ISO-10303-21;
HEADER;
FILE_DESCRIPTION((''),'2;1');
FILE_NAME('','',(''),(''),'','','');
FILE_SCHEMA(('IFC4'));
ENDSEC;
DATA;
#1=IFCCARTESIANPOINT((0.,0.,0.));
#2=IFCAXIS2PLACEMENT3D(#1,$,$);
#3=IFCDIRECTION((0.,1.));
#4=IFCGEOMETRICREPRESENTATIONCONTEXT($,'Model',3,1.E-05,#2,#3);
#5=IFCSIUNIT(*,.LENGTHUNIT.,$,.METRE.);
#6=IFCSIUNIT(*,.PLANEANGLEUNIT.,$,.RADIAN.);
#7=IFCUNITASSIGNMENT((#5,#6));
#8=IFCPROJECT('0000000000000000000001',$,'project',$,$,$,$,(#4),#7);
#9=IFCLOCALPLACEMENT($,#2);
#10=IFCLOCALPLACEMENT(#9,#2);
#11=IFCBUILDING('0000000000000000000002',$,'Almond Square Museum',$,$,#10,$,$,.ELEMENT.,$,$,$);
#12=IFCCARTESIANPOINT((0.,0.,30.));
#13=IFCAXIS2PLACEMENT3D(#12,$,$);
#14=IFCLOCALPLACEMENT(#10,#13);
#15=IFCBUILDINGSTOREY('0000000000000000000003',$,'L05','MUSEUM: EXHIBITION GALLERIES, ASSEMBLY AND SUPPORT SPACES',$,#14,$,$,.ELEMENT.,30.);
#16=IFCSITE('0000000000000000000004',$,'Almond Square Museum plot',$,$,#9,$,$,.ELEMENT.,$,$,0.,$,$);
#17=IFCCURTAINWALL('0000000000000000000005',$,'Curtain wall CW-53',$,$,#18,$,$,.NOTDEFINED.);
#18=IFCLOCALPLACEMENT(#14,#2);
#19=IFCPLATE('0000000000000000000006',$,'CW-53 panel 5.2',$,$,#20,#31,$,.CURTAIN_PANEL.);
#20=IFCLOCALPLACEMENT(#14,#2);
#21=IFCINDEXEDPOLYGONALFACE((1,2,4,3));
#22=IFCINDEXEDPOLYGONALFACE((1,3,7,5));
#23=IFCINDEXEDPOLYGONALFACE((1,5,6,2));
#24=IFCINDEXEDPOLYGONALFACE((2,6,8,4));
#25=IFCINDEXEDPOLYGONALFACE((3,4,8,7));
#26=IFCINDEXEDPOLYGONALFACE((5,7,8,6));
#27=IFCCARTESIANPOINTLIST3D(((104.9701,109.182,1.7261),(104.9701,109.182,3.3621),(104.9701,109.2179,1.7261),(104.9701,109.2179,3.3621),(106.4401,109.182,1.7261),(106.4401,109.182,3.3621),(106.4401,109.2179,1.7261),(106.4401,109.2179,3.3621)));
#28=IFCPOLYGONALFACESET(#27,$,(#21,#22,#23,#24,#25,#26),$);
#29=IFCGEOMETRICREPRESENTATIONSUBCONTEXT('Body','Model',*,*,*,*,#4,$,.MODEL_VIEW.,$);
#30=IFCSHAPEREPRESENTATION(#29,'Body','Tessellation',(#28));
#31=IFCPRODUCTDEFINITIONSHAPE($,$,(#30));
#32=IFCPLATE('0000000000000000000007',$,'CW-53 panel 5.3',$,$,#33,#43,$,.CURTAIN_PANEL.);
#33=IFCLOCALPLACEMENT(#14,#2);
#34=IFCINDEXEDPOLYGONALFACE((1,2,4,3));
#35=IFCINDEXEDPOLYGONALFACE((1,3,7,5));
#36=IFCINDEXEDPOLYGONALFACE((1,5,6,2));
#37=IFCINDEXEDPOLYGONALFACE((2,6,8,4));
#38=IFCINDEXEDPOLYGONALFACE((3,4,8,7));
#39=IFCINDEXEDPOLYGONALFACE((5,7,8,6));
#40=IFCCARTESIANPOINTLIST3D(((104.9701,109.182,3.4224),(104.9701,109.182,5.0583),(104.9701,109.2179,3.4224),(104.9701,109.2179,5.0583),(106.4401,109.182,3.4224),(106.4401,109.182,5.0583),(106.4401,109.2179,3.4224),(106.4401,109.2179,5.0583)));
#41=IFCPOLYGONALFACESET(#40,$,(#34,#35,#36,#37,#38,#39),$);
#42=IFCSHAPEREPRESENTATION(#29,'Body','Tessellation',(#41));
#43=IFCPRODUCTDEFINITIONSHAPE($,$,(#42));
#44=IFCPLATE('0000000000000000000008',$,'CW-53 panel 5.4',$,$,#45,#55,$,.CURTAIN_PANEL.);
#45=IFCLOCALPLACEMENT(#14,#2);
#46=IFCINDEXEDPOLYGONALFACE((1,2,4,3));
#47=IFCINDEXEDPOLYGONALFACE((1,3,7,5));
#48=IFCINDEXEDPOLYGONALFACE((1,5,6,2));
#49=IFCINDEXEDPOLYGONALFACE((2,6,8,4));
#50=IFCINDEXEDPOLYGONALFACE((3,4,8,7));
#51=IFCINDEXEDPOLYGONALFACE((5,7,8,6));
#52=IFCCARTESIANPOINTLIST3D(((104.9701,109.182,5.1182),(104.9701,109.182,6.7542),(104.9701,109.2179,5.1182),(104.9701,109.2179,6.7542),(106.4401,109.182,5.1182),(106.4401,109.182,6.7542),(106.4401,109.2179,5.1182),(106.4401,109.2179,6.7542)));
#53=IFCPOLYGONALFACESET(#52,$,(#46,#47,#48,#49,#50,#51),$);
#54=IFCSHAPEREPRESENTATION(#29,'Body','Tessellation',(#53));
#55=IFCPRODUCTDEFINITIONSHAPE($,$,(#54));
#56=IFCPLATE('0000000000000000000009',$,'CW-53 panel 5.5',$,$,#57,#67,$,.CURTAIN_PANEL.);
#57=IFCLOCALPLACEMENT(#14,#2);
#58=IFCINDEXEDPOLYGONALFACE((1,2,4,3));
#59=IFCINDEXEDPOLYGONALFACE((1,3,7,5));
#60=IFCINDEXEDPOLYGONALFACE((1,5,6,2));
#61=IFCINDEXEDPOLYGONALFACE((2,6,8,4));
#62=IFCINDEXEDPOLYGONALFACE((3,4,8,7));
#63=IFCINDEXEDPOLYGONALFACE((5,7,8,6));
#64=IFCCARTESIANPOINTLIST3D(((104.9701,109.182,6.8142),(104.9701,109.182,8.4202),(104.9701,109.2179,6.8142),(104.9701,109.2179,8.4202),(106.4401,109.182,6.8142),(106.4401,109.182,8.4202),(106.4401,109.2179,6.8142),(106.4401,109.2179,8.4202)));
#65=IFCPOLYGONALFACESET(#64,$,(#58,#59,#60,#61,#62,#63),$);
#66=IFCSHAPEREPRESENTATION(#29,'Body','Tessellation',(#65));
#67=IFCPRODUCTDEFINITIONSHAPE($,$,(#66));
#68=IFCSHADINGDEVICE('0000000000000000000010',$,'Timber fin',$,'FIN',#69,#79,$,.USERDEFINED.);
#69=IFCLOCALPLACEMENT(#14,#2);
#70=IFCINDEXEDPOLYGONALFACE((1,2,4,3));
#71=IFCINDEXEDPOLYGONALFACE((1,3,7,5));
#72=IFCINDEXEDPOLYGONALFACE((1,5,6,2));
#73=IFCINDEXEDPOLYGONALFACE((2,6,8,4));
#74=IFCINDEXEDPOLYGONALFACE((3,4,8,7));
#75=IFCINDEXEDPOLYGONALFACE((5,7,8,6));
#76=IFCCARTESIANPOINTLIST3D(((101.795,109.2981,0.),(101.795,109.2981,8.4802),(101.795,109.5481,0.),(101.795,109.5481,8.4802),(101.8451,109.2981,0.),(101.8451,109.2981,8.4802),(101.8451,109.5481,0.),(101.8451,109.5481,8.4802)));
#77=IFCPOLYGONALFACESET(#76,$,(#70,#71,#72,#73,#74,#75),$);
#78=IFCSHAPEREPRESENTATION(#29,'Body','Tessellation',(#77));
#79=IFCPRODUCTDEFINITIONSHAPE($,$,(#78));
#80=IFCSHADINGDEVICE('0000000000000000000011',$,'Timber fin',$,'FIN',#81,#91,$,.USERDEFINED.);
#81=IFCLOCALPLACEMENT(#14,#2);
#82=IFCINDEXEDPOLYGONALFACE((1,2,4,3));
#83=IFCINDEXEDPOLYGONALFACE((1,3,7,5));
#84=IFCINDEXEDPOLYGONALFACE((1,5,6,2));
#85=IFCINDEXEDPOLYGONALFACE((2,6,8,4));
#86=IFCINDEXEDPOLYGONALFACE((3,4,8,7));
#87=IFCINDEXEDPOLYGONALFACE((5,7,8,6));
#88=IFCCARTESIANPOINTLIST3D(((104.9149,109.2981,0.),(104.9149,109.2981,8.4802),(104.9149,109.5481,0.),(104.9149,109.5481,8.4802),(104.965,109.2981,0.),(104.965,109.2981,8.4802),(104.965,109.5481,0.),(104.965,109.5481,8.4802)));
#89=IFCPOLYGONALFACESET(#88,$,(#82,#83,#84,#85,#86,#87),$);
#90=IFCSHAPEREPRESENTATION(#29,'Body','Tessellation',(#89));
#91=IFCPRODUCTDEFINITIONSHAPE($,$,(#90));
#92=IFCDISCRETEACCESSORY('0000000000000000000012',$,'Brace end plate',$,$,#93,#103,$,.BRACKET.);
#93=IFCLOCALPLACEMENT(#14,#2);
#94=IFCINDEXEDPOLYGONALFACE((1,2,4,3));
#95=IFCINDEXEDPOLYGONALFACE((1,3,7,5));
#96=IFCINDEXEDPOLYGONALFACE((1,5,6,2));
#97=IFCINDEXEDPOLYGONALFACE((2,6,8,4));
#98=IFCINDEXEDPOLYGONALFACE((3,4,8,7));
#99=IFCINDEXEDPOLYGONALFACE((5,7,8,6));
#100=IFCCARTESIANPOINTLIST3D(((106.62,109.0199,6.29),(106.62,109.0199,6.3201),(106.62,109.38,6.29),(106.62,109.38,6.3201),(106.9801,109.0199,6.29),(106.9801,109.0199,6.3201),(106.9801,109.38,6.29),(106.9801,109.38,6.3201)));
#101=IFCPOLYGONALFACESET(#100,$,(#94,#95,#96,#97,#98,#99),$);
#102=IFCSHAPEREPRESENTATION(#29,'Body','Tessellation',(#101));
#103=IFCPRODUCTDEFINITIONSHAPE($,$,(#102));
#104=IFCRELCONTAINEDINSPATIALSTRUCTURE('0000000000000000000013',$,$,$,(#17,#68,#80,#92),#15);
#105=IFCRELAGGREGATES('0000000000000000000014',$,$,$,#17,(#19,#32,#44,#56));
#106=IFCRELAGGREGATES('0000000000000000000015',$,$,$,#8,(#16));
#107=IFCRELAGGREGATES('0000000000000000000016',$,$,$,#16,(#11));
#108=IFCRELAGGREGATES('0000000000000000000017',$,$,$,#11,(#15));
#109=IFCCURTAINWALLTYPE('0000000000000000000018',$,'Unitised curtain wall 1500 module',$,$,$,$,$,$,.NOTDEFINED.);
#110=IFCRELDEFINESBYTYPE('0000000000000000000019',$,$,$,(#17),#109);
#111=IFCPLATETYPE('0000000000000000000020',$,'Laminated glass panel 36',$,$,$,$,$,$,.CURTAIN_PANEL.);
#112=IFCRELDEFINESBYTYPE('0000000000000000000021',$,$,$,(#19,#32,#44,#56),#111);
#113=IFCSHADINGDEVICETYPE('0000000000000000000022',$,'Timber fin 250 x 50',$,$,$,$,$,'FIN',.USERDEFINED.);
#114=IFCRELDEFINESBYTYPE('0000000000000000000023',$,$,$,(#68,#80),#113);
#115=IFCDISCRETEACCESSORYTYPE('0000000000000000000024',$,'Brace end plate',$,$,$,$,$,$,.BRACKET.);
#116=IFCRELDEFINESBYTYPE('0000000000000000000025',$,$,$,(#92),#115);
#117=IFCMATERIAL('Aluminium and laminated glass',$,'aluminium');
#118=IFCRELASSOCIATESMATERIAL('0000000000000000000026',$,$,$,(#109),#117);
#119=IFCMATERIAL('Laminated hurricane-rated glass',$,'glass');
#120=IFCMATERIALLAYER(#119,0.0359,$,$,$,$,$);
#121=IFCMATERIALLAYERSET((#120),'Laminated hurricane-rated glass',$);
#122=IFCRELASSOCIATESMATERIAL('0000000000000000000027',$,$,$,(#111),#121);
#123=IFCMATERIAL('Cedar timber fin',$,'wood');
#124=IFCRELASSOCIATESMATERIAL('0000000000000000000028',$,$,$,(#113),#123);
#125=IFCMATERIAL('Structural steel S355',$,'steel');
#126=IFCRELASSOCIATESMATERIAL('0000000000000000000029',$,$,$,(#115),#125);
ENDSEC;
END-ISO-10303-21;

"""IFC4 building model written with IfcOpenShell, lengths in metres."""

from ifc_helpers import new_model, si_unit, direction, frame, origin, origin_2d, place, context, subcontext, project, spatial, rectangle, extrude, material, layer, layer_set, material_profile, profile_set, type_object, element, aggregate, save


model = new_model("IFC4")

# Units and contexts
model_context = context("Model", 3, precision=1e-05, world=origin(), true_north=direction((0.0, 1.0)))
body_context = subcontext(model_context, "Body", "Model", "MODEL_VIEW")
ifc_project = project(units=[si_unit("LENGTHUNIT", "METRE"), si_unit("PLANEANGLEUNIT", "RADIAN")], contexts=[model_context])

# Site, building, storey
site_placement = place(None, origin())
site = spatial("IfcSite", under=ifc_project, at=site_placement, Name="Almond Square Museum plot", CompositionType="ELEMENT", RefElevation=0.0)
building_placement = place(site_placement, origin())
building = spatial("IfcBuilding", under=site, at=building_placement, Name="Almond Square Museum", CompositionType="ELEMENT")
storey_placement = place(building_placement, frame((0.0, 0.0, 30.0)))
storey = spatial("IfcBuildingStorey", under=building, at=storey_placement, Name="L05", Description="MUSEUM: EXHIBITION GALLERIES, ASSEMBLY AND SUPPORT SPACES", CompositionType="ELEMENT", Elevation=30.0)

# Curtain wall
ifc_material_1 = material(Name="Aluminium and laminated glass", Category="aluminium")
curtain_wall_type = type_object("IfcCurtainWallType", Name="Unitised curtain wall 1500 module", PredefinedType="NOTDEFINED", material=ifc_material_1)
curtain_wall_placement = place(storey_placement, origin())
curtain_wall = element("IfcCurtainWall", 1, at=curtain_wall_placement, inside=storey, type_object=curtain_wall_type, Name="Curtain wall CW-53", PredefinedType="NOTDEFINED")

# Plates
ifc_material_2 = material(Name="Laminated hurricane-rated glass", Category="glass")
ifc_layer = layer(ifc_material_2, 0.0359)
ifc_layer_set = layer_set([ifc_layer], Name="Laminated hurricane-rated glass")
plate_type = type_object("IfcPlateType", Name="Laminated glass panel 36", PredefinedType="CURTAIN_PANEL", material=ifc_layer_set)
plate_1_placement = place(storey_placement, frame((105.7051, 109.2, 1.7261), z_axis=(0.0, 0.0, 1.0), x_axis=(1.0, 0.0, 0.0)))
plate_1 = element("IfcPlate", 2, at=plate_1_placement, type_object=plate_type, Name="CW-53 panel 5.2", PredefinedType="CURTAIN_PANEL", context=body_context, shape_type="SweptSolid", body=[
    extrude(rectangle(XDim=1.47, YDim=0.0359, at=origin_2d()), origin(), (0.0, 0.0, 1.0), 1.636),
])
plate_2_placement = place(storey_placement, frame((105.7051, 109.2, 3.4224), z_axis=(0.0, 0.0, 1.0), x_axis=(1.0, 0.0, 0.0)))
plate_2 = element("IfcPlate", 3, at=plate_2_placement, type_object=plate_type, Name="CW-53 panel 5.3", PredefinedType="CURTAIN_PANEL", context=body_context, shape_type="SweptSolid", body=[
    extrude(rectangle(XDim=1.47, YDim=0.0359, at=origin_2d()), origin(), (0.0, 0.0, 1.0), 1.636),
])
plate_3_placement = place(storey_placement, frame((105.7051, 109.2, 5.1182), z_axis=(0.0, 0.0, 1.0), x_axis=(1.0, 0.0, 0.0)))
plate_3 = element("IfcPlate", 4, at=plate_3_placement, type_object=plate_type, Name="CW-53 panel 5.4", PredefinedType="CURTAIN_PANEL", context=body_context, shape_type="SweptSolid", body=[
    extrude(rectangle(XDim=1.47, YDim=0.0359, at=origin_2d()), origin(), (0.0, 0.0, 1.0), 1.636),
])
plate_4_placement = place(storey_placement, frame((105.7051, 109.2, 6.8142), z_axis=(0.0, 0.0, 1.0), x_axis=(1.0, 0.0, 0.0)))
plate_4 = element("IfcPlate", 5, at=plate_4_placement, type_object=plate_type, Name="CW-53 panel 5.5", PredefinedType="CURTAIN_PANEL", context=body_context, shape_type="SweptSolid", body=[
    extrude(rectangle(XDim=1.47, YDim=0.0359, at=origin_2d()), origin(), (0.0, 0.0, 1.0), 1.606),
])
aggregate(curtain_wall, [plate_1, plate_2, plate_3, plate_4])

# Shading devices
ifc_material_3 = material(Name="Cedar timber fin", Category="wood")
ifc_material_profile_1 = material_profile(ifc_material_3, rectangle(XDim=0.25, YDim=0.05, at=origin_2d()))
ifc_profile_set_1 = profile_set([ifc_material_profile_1], Name="Cedar timber fin")
shading_device_type = type_object("IfcShadingDeviceType", Name="Timber fin 250 x 50", ElementType="FIN", PredefinedType="USERDEFINED", material=ifc_profile_set_1)
for number, where, z_axis, x_axis, name in (
    (6, (101.8201, 109.4231, 0.0), (0.0, 0.0, 1.0), (0.0, 1.0, 0.0), "Timber fin"),
    (7, (104.9399, 109.4231, 0.0), (0.0, 0.0, 1.0), (0.0, 1.0, 0.0), "Timber fin"),
):
    element("IfcShadingDevice", number, at=place(storey_placement, frame(where, z_axis=z_axis, x_axis=x_axis)), inside=storey, type_object=shading_device_type, Name=name, ObjectType="FIN", PredefinedType="USERDEFINED", context=body_context, shape_type="SweptSolid", body=[
        extrude(rectangle(XDim=0.25, YDim=0.05, at=origin_2d()), origin(), (0.0, 0.0, 1.0), 8.4802),
    ])

# Discrete accessory
ifc_material_4 = material(Name="Structural steel S355", Category="steel")
discrete_accessory_type = type_object("IfcDiscreteAccessoryType", Name="Brace end plate", PredefinedType="BRACKET", material=ifc_material_4)
discrete_accessory_placement = place(storey_placement, frame((106.8, 109.2, 6.29), z_axis=(0.0, 0.0, 1.0), x_axis=(1.0, 0.0, 0.0)))
element("IfcDiscreteAccessory", 8, at=discrete_accessory_placement, inside=storey, type_object=discrete_accessory_type, Name="Brace end plate", PredefinedType="BRACKET", context=body_context, shape_type="SweptSolid", body=[
    extrude(rectangle(XDim=0.3601, YDim=0.3601, at=origin_2d()), origin(), (0.0, 0.0, 1.0), 0.03),
])

save(model, "model.ifc")
